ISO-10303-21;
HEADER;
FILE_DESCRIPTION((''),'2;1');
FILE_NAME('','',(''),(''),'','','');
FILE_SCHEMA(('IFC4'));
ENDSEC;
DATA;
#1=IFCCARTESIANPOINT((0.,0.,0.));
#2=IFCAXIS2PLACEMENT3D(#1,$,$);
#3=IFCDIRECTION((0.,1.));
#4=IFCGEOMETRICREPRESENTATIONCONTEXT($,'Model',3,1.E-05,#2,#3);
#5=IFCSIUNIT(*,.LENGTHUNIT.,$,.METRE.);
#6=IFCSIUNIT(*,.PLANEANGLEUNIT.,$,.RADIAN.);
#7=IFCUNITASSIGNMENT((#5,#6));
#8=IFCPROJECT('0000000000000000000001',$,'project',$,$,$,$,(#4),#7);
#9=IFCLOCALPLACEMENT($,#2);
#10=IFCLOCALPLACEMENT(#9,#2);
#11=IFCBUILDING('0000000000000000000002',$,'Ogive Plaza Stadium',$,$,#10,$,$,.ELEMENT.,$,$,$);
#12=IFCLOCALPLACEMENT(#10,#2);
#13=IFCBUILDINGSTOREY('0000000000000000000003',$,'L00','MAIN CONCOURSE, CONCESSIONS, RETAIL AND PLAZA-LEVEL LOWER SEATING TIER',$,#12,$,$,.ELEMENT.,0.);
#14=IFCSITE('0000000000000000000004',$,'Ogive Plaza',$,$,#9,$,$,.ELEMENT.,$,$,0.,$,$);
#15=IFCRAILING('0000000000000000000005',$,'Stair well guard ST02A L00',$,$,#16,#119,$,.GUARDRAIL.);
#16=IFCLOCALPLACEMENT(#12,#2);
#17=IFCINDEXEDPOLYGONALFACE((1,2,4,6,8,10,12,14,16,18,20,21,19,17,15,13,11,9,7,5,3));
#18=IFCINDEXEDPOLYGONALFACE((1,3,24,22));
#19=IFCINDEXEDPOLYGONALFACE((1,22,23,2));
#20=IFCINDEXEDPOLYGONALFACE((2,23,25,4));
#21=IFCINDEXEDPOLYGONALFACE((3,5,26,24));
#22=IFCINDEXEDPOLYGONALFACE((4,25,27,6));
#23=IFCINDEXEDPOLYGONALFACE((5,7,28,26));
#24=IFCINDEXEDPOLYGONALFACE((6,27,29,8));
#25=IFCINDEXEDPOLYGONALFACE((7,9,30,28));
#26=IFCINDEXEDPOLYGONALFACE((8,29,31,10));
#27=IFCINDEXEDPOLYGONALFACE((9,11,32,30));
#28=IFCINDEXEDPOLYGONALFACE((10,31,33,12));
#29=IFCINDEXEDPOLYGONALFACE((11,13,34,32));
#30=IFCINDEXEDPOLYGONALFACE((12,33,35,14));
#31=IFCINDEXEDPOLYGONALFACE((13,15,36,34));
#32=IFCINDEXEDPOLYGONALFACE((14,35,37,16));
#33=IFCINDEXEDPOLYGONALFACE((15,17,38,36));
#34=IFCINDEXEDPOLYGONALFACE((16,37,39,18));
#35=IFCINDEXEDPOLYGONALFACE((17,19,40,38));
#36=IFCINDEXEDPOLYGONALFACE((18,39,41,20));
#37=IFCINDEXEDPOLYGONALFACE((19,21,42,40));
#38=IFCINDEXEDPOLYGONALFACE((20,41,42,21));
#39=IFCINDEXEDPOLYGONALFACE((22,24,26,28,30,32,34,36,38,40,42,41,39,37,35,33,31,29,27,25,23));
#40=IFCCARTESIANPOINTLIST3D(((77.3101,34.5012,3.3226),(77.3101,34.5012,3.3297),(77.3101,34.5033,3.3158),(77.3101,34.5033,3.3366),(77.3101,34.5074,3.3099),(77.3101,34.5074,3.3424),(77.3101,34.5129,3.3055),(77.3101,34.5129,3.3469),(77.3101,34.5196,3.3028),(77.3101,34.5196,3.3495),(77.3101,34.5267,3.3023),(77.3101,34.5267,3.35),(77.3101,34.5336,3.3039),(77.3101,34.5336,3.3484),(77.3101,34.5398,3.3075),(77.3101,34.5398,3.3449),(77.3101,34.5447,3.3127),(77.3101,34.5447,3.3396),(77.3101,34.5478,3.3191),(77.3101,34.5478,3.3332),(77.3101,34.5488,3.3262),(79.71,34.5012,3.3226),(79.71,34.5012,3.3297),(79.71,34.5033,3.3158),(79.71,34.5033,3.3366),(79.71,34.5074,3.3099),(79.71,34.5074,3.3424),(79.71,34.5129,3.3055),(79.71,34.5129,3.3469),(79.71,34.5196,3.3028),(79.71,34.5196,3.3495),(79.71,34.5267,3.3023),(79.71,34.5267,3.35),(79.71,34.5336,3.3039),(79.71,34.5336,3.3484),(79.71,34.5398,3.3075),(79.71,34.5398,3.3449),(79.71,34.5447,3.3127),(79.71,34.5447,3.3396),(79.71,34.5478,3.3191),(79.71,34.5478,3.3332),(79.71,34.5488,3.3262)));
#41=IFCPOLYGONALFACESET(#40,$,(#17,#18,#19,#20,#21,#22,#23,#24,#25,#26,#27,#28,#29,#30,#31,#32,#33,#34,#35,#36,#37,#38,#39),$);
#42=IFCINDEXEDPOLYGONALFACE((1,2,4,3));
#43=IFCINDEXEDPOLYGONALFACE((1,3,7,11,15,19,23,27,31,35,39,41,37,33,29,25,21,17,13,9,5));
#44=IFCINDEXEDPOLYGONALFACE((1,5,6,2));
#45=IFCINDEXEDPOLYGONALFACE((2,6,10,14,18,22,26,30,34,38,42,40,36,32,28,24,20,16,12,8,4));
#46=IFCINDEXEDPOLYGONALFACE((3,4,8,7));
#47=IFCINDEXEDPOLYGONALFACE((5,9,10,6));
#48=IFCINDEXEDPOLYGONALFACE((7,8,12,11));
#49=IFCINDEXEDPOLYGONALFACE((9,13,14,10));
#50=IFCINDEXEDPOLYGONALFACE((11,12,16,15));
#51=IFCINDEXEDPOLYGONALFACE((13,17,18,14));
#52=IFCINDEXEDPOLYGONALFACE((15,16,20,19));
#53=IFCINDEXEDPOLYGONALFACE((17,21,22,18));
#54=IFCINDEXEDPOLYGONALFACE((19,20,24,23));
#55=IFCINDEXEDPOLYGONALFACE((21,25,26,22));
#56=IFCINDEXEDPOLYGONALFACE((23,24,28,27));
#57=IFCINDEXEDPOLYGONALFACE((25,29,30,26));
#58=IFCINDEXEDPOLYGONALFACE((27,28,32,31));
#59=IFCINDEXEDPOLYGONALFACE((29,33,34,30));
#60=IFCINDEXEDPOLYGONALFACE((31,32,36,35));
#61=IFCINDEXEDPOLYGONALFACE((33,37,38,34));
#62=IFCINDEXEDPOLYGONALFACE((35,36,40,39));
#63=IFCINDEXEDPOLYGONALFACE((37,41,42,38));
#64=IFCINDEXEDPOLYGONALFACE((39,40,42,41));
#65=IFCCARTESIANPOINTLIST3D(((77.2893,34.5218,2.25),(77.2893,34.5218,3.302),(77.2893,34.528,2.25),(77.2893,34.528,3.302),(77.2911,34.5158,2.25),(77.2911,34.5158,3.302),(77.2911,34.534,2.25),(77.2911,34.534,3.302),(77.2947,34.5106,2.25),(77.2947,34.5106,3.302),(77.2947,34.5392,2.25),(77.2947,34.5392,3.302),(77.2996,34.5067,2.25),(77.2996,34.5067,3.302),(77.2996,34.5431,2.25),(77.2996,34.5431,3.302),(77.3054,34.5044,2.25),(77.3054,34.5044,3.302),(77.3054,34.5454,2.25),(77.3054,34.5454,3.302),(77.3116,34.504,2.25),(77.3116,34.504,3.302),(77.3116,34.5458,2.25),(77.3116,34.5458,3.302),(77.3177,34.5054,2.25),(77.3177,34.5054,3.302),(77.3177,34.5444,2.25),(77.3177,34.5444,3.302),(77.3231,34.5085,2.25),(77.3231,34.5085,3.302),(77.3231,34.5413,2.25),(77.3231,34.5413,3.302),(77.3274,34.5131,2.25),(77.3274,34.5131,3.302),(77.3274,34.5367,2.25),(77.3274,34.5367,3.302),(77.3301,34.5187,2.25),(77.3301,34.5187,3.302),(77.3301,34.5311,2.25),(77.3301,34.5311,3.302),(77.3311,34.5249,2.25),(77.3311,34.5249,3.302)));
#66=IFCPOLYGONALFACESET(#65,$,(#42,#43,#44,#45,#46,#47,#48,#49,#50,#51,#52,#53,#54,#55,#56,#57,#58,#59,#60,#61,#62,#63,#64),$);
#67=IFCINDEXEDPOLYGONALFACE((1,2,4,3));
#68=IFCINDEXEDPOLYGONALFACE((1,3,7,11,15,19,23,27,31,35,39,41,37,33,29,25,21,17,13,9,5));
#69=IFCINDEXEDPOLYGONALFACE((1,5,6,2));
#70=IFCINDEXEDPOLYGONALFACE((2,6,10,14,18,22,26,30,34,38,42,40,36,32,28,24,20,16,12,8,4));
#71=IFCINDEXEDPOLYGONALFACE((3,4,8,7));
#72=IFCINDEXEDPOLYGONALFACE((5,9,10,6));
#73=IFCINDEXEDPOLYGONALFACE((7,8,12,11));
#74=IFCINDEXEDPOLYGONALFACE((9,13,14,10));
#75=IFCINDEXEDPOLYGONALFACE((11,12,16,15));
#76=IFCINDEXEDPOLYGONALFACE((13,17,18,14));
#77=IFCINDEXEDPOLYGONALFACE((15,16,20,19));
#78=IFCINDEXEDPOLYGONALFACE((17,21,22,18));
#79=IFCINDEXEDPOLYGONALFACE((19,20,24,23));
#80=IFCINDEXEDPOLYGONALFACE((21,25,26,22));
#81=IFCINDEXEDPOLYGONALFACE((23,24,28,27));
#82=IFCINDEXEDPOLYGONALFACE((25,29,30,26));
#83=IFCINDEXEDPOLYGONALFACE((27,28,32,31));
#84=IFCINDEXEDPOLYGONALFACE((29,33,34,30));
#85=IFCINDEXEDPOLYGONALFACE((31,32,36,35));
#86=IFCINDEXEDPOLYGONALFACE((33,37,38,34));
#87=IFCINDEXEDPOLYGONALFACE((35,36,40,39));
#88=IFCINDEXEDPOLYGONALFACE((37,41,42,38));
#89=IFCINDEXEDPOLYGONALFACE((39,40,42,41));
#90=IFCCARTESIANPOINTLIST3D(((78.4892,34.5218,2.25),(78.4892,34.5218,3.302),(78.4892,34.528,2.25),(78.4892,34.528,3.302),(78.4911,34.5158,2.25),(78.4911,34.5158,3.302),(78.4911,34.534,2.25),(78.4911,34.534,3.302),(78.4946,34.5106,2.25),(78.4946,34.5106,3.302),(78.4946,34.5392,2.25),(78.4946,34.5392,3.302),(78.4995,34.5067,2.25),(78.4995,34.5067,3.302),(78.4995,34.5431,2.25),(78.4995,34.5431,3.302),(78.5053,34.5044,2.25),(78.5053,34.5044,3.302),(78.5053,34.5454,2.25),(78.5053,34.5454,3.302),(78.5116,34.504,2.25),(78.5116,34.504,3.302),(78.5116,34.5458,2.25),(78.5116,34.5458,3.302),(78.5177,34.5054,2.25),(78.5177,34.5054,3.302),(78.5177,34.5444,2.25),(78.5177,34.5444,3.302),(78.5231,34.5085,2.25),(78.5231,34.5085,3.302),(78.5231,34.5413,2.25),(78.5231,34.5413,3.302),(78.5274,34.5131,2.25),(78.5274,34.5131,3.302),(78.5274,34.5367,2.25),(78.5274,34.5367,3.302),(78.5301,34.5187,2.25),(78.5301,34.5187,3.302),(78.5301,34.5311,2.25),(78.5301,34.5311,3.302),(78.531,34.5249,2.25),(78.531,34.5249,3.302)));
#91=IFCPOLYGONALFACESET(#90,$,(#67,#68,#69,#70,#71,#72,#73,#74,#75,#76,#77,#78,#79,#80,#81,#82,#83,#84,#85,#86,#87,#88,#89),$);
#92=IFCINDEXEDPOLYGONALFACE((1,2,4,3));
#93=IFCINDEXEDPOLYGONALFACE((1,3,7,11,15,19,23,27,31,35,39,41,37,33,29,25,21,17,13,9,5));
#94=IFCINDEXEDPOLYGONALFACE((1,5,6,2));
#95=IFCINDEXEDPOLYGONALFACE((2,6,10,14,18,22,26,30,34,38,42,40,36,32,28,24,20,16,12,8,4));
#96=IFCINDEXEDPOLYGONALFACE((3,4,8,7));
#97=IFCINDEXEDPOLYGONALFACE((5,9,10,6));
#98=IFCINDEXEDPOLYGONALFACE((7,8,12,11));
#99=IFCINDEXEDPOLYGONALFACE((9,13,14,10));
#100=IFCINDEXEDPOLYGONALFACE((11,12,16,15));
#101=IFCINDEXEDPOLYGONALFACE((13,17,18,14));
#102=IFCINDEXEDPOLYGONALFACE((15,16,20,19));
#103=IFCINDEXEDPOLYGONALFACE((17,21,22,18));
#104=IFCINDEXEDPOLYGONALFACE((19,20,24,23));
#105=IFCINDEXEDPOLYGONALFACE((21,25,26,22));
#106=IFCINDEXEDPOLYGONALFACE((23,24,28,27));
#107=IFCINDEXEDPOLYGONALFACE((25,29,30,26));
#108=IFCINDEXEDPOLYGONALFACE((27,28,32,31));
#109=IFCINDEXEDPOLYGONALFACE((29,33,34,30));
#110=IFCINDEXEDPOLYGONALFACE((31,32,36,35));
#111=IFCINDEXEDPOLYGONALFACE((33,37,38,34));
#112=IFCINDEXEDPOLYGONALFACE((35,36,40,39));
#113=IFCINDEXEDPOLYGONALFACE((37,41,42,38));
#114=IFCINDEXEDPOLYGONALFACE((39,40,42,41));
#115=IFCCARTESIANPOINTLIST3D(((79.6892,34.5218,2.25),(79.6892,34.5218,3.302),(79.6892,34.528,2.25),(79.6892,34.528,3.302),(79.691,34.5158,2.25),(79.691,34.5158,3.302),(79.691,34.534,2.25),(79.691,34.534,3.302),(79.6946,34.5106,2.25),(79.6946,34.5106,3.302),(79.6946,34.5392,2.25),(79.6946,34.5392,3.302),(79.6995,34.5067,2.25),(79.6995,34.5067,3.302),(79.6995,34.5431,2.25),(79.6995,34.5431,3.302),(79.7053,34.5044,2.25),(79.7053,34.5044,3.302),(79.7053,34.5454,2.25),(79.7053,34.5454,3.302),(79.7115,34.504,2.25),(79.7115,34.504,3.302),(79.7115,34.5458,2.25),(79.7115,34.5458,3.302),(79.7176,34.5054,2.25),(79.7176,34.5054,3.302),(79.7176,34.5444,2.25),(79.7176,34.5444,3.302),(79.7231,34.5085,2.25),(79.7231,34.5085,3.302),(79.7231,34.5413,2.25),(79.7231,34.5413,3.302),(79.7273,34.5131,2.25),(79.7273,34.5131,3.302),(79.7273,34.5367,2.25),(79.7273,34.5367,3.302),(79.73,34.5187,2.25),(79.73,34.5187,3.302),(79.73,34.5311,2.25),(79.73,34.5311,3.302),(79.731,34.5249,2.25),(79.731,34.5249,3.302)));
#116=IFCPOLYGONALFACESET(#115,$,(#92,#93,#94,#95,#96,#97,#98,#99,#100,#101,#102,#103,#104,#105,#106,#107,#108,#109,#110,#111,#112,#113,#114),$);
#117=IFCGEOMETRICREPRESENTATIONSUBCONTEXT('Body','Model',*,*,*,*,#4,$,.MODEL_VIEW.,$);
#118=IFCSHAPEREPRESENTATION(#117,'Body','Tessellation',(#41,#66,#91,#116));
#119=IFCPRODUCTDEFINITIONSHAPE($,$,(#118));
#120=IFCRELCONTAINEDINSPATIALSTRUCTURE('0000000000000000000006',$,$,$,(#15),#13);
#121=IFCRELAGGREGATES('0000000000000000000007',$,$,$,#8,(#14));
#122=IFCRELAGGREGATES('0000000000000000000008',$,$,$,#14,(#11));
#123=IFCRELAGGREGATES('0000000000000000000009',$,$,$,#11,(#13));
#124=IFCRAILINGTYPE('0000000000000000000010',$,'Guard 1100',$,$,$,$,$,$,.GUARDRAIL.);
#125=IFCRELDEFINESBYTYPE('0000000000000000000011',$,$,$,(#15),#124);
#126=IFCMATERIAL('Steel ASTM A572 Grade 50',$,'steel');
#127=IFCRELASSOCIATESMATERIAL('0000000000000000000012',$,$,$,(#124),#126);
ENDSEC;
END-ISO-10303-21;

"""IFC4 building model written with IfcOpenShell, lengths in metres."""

from ifc_helpers import new_model, si_unit, direction, frame, origin, origin_2d, place, context, subcontext, project, spatial, circle, extrude, material, type_object, element, save


model = new_model("IFC4")

# Units and contexts
model_context = context("Model", 3, precision=1e-05, world=origin(), true_north=direction((0.0, 1.0)))
body_context = subcontext(model_context, "Body", "Model", "MODEL_VIEW")
ifc_project = project(units=[si_unit("LENGTHUNIT", "METRE"), si_unit("PLANEANGLEUNIT", "RADIAN")], contexts=[model_context])

# Site, building, storey
site_placement = place(None, origin())
site = spatial("IfcSite", under=ifc_project, at=site_placement, Name="Ogive Plaza", CompositionType="ELEMENT", RefElevation=0.0)
building_placement = place(site_placement, origin())
building = spatial("IfcBuilding", under=site, at=building_placement, Name="Ogive Plaza Stadium", CompositionType="ELEMENT")
storey_placement = place(building_placement, origin())
storey = spatial("IfcBuildingStorey", under=building, at=storey_placement, Name="L00", Description="MAIN CONCOURSE, CONCESSIONS, RETAIL AND PLAZA-LEVEL LOWER SEATING TIER", CompositionType="ELEMENT", Elevation=0.0)

# Railing
ifc_material_1 = material(Name="Steel ASTM A572 Grade 50", Category="steel")
railing_type_1 = type_object("IfcRailingType", Name="Guard 1100", PredefinedType="GUARDRAIL", material=ifc_material_1)
for number, where, name in (
    (1, (77.3101, 34.5249, 2.25), "Stair well guard ST02A L00"),
):
    element("IfcRailing", number, at=place(storey_placement, frame(where)), inside=storey, type_object=railing_type_1, Name=name, PredefinedType="GUARDRAIL", context=body_context, shape_type="SweptSolid", body=[
        extrude(circle(Radius=0.0239, at=origin_2d()), frame((0.0, 0.0, 1.0762), z_axis=(1.0, 0.0, 0.0), x_axis=(0.0, 1.0, 0.0)), (0.0, 0.0, 1.0), 2.3999),
        extrude(circle(Radius=0.021, at=origin_2d()), origin(), (0.0, 0.0, 1.0), 1.052),
        extrude(circle(Radius=0.021, at=origin_2d()), frame((1.2, 0.0, 0.0)), (0.0, 0.0, 1.0), 1.052),
        extrude(circle(Radius=0.021, at=origin_2d()), frame((2.3999, 0.0, 0.0)), (0.0, 0.0, 1.0), 1.052),
    ])

save(model, "model.ifc")
